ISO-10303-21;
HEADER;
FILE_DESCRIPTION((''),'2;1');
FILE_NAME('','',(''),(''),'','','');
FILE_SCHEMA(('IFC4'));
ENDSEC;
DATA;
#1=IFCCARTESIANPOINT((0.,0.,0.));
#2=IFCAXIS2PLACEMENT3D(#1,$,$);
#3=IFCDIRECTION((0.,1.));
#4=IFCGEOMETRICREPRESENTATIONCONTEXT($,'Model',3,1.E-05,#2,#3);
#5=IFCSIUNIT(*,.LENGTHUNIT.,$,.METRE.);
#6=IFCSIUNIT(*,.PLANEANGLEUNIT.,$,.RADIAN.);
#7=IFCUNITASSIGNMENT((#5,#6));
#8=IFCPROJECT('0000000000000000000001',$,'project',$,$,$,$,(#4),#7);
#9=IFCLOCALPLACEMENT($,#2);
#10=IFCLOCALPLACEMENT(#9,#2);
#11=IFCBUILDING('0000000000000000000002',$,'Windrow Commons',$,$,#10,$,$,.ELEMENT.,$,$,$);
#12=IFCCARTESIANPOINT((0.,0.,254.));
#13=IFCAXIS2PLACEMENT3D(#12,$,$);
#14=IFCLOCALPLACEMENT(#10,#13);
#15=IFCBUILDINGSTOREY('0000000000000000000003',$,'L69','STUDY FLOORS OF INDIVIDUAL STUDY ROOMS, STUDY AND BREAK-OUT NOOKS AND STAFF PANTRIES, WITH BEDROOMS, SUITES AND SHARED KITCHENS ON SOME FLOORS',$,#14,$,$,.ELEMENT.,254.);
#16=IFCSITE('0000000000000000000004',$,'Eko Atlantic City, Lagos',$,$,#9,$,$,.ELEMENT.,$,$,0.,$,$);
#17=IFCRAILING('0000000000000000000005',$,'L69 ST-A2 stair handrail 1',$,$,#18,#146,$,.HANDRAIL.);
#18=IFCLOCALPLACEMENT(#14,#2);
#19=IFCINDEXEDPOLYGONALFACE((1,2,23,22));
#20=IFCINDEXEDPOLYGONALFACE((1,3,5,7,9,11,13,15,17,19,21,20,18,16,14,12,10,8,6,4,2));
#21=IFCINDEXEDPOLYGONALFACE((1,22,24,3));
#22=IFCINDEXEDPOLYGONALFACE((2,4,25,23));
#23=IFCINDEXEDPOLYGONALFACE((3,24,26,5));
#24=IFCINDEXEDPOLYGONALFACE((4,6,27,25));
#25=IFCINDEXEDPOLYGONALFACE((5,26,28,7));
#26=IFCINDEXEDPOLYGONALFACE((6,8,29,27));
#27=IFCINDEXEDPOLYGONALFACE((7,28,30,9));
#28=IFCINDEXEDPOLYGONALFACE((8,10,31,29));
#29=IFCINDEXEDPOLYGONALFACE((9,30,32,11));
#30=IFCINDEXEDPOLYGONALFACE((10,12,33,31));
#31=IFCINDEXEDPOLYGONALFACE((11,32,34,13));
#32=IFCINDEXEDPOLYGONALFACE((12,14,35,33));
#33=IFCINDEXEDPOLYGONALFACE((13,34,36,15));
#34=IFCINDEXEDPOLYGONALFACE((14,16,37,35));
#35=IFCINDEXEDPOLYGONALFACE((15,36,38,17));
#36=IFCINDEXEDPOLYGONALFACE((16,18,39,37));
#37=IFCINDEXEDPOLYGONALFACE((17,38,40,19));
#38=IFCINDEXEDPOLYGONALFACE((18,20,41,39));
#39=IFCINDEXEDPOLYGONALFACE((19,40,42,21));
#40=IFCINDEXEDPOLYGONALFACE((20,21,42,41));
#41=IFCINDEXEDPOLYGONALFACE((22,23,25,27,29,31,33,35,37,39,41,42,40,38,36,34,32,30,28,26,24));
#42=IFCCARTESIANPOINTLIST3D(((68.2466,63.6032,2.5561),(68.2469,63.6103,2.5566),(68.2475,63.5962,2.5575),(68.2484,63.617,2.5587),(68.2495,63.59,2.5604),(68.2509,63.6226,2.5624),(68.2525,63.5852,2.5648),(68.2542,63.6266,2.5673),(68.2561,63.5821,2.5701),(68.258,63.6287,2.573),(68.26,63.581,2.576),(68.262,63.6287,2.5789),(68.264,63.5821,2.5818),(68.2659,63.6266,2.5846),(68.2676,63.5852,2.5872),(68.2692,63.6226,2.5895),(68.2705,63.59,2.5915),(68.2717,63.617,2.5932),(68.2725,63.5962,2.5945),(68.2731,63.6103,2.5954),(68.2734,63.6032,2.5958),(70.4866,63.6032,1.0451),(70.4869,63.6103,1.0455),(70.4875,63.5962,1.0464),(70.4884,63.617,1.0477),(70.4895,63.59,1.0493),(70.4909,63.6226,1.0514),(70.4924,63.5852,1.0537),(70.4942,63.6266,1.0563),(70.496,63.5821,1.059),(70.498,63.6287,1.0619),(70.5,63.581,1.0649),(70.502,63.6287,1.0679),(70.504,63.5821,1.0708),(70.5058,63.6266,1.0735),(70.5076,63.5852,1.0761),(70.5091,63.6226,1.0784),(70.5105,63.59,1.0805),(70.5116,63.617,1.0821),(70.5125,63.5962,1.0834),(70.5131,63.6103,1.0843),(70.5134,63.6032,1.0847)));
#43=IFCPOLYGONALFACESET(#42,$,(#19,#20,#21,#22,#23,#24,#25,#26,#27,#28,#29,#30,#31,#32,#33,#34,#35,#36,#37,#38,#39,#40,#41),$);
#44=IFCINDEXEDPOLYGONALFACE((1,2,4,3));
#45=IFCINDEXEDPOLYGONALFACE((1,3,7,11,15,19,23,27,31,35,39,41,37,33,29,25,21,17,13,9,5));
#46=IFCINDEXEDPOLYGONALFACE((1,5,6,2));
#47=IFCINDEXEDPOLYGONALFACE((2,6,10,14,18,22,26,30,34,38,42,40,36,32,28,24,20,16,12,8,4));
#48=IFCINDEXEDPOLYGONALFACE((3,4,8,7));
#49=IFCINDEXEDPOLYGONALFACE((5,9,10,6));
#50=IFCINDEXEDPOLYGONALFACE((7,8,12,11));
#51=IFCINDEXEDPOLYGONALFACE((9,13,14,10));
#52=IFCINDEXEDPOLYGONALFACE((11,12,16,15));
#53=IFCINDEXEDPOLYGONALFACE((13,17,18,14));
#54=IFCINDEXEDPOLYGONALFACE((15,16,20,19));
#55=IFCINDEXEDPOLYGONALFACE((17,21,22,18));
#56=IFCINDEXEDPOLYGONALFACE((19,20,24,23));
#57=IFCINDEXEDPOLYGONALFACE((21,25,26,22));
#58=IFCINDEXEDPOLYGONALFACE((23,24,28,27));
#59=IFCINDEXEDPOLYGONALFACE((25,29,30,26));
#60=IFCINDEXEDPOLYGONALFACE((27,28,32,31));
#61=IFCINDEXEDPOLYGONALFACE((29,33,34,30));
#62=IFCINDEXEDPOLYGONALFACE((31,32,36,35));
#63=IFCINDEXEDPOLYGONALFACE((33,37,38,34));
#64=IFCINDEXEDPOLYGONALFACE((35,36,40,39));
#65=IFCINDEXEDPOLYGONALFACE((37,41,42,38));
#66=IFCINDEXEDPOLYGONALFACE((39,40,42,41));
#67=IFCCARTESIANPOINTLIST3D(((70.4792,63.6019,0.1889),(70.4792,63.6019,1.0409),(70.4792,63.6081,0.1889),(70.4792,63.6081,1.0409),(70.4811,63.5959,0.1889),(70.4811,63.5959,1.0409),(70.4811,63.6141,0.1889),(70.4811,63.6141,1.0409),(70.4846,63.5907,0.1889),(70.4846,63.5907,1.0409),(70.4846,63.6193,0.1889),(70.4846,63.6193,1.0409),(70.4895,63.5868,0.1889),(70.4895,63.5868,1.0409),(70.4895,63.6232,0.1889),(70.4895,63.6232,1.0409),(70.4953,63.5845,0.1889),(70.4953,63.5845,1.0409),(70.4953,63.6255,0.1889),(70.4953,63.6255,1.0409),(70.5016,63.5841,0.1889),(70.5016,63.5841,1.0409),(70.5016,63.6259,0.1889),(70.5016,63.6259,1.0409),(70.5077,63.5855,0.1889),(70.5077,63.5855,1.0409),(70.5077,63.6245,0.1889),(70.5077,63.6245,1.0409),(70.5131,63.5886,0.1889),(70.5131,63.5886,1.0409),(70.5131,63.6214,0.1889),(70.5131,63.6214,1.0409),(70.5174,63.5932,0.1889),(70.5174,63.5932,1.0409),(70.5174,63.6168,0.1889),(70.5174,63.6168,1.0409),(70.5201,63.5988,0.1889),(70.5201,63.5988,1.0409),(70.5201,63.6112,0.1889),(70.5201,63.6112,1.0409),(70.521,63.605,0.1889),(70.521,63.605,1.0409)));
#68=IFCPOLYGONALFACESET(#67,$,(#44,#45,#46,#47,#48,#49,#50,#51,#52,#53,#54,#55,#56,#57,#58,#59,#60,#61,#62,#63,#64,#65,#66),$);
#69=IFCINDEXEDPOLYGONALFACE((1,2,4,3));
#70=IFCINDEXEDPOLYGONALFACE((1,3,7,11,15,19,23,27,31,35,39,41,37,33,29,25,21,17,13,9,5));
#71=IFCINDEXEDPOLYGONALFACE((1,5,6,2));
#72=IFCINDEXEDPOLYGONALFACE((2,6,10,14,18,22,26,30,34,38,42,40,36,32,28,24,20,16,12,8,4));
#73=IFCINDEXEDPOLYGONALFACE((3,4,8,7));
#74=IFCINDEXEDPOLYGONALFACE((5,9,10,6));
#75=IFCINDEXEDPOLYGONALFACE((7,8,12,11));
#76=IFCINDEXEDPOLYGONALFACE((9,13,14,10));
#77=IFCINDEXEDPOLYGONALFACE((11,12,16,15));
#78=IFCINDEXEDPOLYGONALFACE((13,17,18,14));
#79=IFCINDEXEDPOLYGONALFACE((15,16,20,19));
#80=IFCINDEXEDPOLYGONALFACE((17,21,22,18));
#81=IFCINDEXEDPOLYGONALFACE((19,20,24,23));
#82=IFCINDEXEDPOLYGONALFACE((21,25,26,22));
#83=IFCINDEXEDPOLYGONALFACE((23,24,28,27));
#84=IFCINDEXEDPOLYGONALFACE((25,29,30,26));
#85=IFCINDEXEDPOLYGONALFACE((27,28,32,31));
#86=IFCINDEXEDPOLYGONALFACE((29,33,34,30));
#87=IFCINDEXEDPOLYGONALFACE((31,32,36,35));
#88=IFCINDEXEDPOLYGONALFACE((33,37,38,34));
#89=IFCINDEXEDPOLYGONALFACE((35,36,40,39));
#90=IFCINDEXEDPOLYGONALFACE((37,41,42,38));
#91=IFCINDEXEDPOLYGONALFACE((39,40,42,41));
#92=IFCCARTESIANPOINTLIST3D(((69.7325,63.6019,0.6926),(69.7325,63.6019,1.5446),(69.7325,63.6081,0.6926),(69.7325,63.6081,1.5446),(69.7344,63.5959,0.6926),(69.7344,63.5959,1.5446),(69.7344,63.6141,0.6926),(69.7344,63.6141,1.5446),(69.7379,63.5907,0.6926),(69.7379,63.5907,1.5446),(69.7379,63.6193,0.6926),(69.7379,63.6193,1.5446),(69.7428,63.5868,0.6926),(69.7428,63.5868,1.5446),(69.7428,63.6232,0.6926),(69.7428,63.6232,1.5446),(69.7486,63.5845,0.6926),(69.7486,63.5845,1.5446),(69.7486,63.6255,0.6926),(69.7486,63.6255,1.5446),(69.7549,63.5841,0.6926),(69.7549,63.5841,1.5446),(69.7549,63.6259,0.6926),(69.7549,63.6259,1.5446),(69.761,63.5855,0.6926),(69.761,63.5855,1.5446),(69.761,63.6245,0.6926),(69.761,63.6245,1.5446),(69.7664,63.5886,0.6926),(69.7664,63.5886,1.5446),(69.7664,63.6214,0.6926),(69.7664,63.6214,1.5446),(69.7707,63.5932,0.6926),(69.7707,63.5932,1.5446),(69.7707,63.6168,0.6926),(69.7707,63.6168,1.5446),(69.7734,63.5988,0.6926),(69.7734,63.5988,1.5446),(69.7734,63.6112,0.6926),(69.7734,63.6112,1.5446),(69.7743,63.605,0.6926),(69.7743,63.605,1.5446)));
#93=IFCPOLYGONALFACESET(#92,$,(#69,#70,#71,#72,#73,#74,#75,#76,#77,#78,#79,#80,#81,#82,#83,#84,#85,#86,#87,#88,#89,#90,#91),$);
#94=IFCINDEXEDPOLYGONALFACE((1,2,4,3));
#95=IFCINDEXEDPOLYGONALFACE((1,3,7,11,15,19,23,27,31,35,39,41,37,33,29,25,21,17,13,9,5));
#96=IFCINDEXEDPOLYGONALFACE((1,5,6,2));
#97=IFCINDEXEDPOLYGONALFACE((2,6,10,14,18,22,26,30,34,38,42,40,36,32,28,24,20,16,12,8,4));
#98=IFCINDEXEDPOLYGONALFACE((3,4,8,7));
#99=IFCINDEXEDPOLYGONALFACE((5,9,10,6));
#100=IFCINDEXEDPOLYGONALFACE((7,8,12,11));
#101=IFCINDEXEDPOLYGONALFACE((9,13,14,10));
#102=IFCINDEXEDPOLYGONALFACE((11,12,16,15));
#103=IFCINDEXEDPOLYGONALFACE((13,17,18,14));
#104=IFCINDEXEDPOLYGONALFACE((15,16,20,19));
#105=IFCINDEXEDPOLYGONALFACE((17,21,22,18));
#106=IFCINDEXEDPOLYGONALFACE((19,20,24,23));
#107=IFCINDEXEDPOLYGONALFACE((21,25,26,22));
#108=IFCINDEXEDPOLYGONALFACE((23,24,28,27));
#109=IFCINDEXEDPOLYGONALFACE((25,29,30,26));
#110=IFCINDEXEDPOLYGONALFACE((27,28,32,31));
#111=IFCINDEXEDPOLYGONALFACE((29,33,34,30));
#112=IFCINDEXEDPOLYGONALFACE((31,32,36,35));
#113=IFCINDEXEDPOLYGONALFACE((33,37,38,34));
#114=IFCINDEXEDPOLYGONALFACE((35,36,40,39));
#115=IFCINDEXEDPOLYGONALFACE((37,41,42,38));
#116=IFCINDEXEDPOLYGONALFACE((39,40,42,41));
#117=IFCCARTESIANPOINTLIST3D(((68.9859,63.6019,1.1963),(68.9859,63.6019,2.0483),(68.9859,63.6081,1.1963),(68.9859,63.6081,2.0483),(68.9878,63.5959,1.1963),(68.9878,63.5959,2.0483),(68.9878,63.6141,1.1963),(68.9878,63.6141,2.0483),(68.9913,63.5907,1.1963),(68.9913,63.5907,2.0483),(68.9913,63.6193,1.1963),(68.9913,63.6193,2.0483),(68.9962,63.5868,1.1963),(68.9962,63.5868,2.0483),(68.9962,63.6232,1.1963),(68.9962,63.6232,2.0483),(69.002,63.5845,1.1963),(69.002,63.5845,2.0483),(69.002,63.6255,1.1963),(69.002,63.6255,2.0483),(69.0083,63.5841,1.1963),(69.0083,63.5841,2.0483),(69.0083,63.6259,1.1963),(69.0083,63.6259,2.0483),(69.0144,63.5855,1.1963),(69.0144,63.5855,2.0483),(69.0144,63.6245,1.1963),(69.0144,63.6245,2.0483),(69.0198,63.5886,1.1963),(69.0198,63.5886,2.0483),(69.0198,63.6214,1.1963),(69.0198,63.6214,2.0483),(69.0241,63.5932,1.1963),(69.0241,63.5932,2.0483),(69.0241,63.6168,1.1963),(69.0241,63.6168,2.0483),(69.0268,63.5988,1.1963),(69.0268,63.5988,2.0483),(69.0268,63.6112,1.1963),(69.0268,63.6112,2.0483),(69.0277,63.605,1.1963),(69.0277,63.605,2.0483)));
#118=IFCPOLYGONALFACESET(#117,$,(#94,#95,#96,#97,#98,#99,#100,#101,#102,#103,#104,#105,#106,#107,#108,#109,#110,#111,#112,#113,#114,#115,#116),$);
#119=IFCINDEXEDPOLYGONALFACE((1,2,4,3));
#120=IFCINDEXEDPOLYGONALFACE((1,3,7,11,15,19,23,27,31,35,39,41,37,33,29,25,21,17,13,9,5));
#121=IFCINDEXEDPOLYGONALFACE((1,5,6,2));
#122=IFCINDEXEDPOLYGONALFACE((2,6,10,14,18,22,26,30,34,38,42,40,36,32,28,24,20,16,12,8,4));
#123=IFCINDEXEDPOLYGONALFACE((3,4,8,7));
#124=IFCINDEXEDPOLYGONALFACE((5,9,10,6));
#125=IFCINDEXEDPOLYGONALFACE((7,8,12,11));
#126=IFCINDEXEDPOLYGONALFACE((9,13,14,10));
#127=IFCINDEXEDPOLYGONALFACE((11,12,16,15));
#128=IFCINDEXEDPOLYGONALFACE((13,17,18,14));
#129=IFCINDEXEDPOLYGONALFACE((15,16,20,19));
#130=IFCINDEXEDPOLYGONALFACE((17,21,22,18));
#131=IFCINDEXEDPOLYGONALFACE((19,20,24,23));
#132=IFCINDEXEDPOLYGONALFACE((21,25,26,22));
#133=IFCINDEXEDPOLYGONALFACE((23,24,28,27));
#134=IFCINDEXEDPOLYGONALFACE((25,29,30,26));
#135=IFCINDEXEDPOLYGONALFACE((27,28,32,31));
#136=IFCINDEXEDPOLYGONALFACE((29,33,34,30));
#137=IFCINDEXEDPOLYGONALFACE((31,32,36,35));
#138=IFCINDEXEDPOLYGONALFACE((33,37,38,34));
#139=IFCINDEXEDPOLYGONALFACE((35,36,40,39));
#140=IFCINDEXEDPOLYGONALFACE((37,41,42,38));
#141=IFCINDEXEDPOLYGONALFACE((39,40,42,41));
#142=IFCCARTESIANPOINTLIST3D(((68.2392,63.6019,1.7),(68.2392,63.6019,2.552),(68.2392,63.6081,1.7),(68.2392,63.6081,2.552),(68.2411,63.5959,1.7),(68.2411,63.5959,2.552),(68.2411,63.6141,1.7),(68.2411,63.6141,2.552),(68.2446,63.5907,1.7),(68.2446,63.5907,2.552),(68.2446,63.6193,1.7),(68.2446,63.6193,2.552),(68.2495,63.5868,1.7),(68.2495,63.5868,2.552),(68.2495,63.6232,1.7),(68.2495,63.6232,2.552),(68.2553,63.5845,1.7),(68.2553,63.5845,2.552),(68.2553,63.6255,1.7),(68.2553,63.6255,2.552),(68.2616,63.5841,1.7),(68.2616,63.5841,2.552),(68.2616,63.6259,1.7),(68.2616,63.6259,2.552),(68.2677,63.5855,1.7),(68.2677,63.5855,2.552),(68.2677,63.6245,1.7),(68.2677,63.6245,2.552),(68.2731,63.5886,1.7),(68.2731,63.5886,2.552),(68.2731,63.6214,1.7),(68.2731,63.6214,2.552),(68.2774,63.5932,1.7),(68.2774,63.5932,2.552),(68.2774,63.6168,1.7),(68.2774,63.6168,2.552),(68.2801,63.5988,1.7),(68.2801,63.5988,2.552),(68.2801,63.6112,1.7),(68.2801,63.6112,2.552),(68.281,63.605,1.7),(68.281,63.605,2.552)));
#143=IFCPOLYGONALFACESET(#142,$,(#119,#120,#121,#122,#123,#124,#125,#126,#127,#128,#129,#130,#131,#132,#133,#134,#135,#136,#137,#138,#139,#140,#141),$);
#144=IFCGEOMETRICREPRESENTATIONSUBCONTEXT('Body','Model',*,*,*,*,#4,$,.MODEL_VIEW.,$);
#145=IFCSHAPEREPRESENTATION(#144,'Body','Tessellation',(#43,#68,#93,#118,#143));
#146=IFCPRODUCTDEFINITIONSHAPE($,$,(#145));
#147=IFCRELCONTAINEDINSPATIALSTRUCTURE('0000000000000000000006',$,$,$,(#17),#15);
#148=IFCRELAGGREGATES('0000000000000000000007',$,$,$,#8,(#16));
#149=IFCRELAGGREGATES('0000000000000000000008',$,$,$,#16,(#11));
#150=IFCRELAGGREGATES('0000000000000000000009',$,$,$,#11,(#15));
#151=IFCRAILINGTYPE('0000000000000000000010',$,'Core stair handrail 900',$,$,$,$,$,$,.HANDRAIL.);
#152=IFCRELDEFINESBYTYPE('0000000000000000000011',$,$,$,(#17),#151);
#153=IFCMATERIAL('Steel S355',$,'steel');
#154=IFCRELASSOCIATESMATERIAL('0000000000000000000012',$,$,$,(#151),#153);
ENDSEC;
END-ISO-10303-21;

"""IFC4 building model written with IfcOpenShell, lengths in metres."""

from ifc_helpers import new_model, si_unit, direction, frame, origin, origin_2d, place, context, subcontext, project, spatial, circle, extrude, material, type_object, element, save


model = new_model("IFC4")

# Units and contexts
model_context = context("Model", 3, precision=1e-05, world=origin(), true_north=direction((0.0, 1.0)))
body_context = subcontext(model_context, "Body", "Model", "MODEL_VIEW")
ifc_project = project(units=[si_unit("LENGTHUNIT", "METRE"), si_unit("PLANEANGLEUNIT", "RADIAN")], contexts=[model_context])

# Site, building, storey
site_placement = place(None, origin())
site = spatial("IfcSite", under=ifc_project, at=site_placement, Name="Eko Atlantic City, Lagos", CompositionType="ELEMENT", RefElevation=0.0)
building_placement = place(site_placement, origin())
building = spatial("IfcBuilding", under=site, at=building_placement, Name="Windrow Commons", CompositionType="ELEMENT")
storey_placement = place(building_placement, frame((0.0, 0.0, 254.0)))
storey = spatial("IfcBuildingStorey", under=building, at=storey_placement, Name="L69", Description="STUDY FLOORS OF INDIVIDUAL STUDY ROOMS, STUDY AND BREAK-OUT NOOKS AND STAFF PANTRIES, WITH BEDROOMS, SUITES AND SHARED KITCHENS ON SOME FLOORS", CompositionType="ELEMENT", Elevation=254.0)

# Railing
ifc_material_1 = material(Name="Steel S355", Category="steel")
railing_type_1 = type_object("IfcRailingType", Name="Core stair handrail 900", PredefinedType="HANDRAIL", material=ifc_material_1)
railing_1_placement = place(storey_placement, frame((70.5, 63.605, 0.1889)))
element("IfcRailing", 1, at=railing_1_placement, inside=storey, type_object=railing_type_1, Name="L69 ST-A2 stair handrail 1", PredefinedType="HANDRAIL", context=body_context, shape_type="SweptSolid", body=[
    extrude(circle(Radius=0.024, at=origin_2d()), frame((0.0, 0.0, 0.876), z_axis=(-0.829003, 0.0, 0.559244), x_axis=(0.0, -1.0, 0.0)), (0.0, 0.0, 1.0), 2.702),
    extrude(circle(Radius=0.021, at=origin_2d()), origin(), (0.0, 0.0, 1.0), 0.852),
    extrude(circle(Radius=0.021, at=origin_2d()), frame((-0.7467, 0.0, 0.5037)), (0.0, 0.0, 1.0), 0.852),
    extrude(circle(Radius=0.021, at=origin_2d()), frame((-1.4933, 0.0, 1.0074)), (0.0, 0.0, 1.0), 0.852),
    extrude(circle(Radius=0.021, at=origin_2d()), frame((-2.24, 0.0, 1.5111)), (0.0, 0.0, 1.0), 0.852),
])

save(model, "model.ifc")
